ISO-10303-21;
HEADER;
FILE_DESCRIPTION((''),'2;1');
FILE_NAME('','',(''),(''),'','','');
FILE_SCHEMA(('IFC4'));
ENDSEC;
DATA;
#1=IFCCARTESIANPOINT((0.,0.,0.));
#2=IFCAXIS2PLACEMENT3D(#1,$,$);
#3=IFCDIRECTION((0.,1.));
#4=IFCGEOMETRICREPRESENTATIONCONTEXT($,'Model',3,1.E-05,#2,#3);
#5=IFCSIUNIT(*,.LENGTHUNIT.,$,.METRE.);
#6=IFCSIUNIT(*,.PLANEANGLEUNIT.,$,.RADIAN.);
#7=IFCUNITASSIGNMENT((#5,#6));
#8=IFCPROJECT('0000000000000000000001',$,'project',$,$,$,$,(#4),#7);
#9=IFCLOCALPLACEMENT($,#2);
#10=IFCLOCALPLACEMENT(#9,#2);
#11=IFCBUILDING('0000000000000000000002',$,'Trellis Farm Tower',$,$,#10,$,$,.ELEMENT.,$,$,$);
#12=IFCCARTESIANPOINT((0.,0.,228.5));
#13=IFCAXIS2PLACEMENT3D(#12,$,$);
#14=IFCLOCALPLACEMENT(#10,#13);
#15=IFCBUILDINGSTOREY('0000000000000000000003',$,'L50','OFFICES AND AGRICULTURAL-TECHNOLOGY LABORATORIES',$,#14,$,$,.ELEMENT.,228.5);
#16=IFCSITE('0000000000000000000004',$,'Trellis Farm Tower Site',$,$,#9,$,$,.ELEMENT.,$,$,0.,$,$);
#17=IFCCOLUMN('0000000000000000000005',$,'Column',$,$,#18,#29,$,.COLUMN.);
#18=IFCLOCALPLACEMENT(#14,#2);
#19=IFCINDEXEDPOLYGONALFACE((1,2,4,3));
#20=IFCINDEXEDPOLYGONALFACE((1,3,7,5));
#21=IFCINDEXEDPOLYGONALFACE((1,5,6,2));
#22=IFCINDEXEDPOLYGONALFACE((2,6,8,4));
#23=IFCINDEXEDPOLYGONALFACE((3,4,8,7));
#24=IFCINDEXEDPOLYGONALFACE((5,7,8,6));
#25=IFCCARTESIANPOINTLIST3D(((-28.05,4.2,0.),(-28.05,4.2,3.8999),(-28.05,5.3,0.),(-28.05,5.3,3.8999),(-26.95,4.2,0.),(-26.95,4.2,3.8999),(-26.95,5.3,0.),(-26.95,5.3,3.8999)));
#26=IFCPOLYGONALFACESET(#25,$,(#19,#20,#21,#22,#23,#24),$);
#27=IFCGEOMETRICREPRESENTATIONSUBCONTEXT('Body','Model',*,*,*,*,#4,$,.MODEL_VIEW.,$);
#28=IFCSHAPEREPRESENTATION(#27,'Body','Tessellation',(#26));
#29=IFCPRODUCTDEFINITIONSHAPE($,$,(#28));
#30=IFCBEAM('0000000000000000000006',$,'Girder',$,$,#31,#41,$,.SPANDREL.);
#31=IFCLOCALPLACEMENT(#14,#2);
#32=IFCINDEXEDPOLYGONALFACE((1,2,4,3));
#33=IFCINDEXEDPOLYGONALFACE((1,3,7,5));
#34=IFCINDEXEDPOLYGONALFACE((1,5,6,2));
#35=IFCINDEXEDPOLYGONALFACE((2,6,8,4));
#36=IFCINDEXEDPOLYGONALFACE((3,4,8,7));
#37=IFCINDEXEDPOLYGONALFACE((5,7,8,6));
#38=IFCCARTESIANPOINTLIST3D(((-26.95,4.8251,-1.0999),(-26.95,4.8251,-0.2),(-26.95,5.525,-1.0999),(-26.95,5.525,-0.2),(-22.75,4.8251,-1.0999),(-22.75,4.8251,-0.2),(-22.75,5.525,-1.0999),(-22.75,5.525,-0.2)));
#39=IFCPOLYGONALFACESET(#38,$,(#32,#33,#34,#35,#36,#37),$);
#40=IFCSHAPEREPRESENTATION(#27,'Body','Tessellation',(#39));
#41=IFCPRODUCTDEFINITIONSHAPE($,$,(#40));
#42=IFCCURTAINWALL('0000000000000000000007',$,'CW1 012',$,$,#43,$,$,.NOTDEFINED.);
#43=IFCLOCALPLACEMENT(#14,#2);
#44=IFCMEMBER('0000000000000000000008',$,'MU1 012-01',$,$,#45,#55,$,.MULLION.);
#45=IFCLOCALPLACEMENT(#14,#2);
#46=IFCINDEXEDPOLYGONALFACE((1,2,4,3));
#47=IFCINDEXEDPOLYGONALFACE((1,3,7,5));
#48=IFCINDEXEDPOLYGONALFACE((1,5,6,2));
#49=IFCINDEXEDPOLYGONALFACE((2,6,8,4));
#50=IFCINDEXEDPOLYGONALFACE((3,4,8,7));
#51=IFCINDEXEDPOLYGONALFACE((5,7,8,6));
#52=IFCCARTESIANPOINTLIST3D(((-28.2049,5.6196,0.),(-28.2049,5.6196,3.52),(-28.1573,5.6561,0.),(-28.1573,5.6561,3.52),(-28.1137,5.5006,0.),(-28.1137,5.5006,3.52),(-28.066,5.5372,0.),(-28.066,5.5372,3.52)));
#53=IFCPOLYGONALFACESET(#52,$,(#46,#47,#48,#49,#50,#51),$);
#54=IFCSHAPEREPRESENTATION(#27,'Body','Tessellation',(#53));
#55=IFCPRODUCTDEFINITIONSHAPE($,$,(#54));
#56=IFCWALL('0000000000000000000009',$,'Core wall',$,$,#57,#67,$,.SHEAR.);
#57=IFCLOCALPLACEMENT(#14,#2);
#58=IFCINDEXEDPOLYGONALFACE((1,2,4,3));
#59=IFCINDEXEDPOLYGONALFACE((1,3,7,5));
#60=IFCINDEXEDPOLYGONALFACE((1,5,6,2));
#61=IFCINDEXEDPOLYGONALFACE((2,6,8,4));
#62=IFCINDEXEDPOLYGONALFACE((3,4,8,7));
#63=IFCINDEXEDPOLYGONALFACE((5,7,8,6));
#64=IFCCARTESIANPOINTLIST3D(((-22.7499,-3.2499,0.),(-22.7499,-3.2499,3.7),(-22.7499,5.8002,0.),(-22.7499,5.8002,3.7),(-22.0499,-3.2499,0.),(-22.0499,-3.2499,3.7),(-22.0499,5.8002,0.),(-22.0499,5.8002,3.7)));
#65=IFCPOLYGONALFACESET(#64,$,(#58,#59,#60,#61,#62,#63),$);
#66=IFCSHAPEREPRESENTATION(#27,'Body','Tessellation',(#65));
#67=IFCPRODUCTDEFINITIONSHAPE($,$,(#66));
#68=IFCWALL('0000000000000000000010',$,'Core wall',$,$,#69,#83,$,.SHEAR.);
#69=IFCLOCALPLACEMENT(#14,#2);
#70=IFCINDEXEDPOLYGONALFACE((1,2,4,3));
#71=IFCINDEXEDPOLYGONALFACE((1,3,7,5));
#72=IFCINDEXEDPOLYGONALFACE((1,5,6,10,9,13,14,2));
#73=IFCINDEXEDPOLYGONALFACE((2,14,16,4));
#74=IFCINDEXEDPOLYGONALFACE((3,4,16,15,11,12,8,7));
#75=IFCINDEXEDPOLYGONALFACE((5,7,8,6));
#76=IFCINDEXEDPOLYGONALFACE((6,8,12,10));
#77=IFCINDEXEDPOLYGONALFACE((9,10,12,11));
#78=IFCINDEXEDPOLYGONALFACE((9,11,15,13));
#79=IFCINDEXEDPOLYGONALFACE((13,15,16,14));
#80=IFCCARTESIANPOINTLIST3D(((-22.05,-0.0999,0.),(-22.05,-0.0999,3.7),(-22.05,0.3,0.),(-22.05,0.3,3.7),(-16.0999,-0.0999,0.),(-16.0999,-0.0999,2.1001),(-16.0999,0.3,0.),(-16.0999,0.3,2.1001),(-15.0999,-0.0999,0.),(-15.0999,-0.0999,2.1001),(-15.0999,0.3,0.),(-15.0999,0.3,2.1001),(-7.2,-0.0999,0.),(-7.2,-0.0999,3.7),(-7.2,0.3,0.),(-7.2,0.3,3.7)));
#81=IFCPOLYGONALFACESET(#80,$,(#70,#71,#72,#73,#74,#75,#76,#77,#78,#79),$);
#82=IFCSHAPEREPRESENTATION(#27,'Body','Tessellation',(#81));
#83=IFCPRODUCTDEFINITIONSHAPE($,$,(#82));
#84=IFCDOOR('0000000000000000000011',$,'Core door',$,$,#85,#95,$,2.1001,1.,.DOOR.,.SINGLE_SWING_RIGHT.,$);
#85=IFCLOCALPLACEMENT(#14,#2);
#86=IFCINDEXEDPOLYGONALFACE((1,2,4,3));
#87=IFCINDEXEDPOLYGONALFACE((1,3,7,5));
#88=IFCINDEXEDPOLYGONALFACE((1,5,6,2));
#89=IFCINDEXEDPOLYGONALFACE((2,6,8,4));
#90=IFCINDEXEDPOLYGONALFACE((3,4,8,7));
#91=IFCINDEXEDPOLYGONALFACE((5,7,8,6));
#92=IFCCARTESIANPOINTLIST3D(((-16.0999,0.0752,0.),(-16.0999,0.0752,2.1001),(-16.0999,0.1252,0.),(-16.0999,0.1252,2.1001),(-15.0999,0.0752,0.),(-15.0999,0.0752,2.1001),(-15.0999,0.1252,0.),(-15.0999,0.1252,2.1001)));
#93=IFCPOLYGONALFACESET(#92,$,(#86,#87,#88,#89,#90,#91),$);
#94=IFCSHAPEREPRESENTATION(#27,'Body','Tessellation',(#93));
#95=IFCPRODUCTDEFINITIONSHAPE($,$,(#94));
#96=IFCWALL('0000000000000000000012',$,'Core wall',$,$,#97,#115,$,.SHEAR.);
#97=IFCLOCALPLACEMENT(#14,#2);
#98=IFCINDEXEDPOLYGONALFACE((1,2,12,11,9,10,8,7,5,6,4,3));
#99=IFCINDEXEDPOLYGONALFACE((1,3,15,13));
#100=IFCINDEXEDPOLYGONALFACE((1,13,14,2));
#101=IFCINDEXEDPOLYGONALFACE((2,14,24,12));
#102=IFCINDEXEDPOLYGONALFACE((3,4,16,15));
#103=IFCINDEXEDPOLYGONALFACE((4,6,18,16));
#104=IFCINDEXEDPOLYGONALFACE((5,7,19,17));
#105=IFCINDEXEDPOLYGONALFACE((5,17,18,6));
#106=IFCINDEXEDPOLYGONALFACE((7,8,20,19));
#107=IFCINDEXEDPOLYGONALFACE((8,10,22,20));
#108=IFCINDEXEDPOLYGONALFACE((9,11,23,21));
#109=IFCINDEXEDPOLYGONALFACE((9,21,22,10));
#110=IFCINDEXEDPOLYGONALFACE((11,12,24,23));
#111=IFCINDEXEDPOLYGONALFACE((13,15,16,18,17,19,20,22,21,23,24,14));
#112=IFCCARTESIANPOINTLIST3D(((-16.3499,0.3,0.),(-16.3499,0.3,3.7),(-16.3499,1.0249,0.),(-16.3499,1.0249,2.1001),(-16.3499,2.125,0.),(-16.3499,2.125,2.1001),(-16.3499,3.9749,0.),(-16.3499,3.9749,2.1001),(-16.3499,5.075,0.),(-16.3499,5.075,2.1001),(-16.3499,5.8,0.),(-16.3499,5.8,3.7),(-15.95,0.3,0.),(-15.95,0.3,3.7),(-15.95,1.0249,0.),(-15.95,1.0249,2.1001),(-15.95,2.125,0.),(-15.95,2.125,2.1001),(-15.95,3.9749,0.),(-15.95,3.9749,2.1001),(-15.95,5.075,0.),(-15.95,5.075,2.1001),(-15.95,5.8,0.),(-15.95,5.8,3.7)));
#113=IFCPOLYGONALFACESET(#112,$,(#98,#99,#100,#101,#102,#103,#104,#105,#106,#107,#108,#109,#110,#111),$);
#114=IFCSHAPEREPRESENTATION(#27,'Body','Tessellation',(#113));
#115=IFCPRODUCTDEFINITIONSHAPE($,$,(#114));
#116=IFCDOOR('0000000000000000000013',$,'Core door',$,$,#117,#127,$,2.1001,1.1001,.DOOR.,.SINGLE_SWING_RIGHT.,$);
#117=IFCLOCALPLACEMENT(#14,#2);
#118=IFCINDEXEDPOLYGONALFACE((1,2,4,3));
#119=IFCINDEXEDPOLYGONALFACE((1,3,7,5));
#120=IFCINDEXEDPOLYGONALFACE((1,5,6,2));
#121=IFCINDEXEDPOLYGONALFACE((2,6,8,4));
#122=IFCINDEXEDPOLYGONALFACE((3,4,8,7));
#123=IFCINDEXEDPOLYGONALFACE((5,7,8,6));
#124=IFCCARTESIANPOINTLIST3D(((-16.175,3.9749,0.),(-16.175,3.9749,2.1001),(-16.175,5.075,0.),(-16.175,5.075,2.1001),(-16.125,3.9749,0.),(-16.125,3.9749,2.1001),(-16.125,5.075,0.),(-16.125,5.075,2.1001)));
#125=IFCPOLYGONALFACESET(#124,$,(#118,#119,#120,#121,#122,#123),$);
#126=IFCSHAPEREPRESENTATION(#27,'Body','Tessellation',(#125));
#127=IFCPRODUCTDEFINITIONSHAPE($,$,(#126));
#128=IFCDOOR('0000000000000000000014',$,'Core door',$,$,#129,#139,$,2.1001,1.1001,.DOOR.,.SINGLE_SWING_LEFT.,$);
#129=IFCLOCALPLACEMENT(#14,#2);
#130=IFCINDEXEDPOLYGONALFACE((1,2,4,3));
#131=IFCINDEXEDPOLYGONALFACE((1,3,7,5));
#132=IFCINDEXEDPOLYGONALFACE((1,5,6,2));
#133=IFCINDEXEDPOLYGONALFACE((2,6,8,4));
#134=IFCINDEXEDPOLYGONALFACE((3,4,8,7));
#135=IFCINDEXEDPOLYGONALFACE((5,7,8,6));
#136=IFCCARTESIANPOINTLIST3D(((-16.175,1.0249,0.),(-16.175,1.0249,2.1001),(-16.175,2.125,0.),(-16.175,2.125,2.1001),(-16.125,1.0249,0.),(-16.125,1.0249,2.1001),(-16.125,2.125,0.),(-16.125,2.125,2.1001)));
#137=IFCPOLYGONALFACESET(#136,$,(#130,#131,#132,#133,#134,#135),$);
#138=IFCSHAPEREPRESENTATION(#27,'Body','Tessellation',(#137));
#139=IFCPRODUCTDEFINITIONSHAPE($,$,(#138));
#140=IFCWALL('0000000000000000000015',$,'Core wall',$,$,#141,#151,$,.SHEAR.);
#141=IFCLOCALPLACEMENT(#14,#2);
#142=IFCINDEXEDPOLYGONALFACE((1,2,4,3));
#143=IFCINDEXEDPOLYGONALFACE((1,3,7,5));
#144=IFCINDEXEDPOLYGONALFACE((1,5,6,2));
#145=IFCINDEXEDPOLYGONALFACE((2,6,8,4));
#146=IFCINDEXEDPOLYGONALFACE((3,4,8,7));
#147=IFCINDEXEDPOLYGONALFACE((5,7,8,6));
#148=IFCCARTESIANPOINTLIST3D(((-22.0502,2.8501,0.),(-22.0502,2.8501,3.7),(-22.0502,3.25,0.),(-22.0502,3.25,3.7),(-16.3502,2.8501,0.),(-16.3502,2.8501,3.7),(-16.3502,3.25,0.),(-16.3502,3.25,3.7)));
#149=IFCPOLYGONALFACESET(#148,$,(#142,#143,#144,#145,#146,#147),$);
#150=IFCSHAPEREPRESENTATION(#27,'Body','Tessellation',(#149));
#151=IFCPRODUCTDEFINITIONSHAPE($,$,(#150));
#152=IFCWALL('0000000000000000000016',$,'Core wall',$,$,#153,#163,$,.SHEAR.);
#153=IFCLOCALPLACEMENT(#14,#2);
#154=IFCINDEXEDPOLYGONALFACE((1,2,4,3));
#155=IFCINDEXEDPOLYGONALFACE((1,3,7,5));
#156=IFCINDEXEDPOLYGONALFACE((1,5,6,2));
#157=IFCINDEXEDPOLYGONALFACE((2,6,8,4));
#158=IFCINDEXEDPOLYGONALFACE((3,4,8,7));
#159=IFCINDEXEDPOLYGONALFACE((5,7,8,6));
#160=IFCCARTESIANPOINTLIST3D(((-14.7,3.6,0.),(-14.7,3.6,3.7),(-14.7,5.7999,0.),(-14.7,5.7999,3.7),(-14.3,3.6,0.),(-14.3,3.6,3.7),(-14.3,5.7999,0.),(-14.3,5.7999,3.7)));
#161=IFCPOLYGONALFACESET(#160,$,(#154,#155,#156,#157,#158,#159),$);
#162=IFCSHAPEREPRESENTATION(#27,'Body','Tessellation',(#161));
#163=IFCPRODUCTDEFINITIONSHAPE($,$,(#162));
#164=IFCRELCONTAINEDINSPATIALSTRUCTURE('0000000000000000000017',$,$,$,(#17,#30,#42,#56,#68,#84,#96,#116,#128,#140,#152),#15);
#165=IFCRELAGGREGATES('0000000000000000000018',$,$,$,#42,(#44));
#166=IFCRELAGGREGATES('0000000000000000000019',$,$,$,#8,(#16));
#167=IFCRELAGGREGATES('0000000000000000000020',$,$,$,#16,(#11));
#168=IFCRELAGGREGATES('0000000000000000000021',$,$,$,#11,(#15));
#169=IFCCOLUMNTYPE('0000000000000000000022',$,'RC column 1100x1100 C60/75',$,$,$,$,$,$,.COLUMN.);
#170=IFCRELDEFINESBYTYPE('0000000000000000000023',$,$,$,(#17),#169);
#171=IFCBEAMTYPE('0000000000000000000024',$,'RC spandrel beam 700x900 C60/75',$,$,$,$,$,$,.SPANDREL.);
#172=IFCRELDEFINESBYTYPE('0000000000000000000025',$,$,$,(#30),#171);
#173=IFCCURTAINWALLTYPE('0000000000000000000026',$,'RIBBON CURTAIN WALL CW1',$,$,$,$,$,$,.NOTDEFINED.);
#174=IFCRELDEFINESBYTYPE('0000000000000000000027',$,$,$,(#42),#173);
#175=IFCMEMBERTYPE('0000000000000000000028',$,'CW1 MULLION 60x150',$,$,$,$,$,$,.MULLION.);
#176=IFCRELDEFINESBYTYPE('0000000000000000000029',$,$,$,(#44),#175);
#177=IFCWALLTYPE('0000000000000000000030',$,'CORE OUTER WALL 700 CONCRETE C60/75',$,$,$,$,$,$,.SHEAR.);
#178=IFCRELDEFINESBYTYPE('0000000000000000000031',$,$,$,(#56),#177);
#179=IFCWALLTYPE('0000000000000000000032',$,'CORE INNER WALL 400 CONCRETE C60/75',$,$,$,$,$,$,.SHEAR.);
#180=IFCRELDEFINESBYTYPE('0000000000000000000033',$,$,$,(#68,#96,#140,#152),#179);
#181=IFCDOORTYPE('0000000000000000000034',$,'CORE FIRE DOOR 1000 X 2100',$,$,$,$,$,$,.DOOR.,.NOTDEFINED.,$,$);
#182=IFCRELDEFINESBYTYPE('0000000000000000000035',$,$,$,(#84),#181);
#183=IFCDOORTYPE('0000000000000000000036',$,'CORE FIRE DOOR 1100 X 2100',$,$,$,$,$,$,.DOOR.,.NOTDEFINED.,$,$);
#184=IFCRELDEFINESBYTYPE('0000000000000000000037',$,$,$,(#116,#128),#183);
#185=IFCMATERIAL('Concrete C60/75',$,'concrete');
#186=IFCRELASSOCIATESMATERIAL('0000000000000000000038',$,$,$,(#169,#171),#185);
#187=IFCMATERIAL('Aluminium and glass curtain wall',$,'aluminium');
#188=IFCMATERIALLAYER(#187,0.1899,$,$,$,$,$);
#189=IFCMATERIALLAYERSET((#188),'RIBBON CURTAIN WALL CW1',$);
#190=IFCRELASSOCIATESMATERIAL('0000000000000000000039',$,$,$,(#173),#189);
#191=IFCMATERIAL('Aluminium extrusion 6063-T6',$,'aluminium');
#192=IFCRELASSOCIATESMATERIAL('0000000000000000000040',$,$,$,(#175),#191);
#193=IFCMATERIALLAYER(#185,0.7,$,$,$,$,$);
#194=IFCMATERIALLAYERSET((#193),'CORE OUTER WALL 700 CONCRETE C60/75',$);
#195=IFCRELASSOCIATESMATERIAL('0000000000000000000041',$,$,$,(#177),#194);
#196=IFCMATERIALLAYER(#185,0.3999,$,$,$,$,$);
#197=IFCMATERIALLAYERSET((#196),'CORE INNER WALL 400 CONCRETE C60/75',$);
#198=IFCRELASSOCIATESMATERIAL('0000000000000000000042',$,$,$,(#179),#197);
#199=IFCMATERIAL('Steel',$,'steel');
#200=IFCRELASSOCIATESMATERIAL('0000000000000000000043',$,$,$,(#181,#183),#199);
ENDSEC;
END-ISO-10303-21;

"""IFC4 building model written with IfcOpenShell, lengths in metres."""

from ifc_helpers import new_model, si_unit, direction, frame, frame_2d, origin, origin_2d, place, context, subcontext, project, spatial, rectangle, extrude, source, transform, mapped, material, layer, layer_set, material_profile, profile_set, type_object, element, fill, aggregate, save


model = new_model("IFC4")

# Units and contexts
model_context = context("Model", 3, precision=1e-05, world=origin(), true_north=direction((0.0, 1.0)))
body_context = subcontext(model_context, "Body", "Model", "MODEL_VIEW")
ifc_project = project(units=[si_unit("LENGTHUNIT", "METRE"), si_unit("PLANEANGLEUNIT", "RADIAN")], contexts=[model_context])

# Site, building, storey
site_placement = place(None, origin())
site = spatial("IfcSite", under=ifc_project, at=site_placement, Name="Trellis Farm Tower Site", CompositionType="ELEMENT", RefElevation=0.0)
building_placement = place(site_placement, origin())
building = spatial("IfcBuilding", under=site, at=building_placement, Name="Trellis Farm Tower", CompositionType="ELEMENT")
storey_placement = place(building_placement, frame((0.0, 0.0, 228.5)))
storey = spatial("IfcBuildingStorey", under=building, at=storey_placement, Name="L50", Description="OFFICES AND AGRICULTURAL-TECHNOLOGY LABORATORIES", CompositionType="ELEMENT", Elevation=228.5)

# Column
ifc_material_1 = material(Name="Concrete C60/75", Category="concrete")
ifc_material_profile_1 = material_profile(ifc_material_1, rectangle(XDim=1.1001, YDim=1.1001, at=origin_2d()), Name="RC column 1100x1100 C60/75")
ifc_profile_set_1 = profile_set([ifc_material_profile_1], Name="Concrete C60/75")
column_type = type_object("IfcColumnType", Name="RC column 1100x1100 C60/75", PredefinedType="COLUMN", material=ifc_profile_set_1)
shared_shape_1 = source(origin(), body_context, "Body", "SweptSolid", [
    extrude(rectangle(XDim=1.1001, YDim=1.1001, at=origin_2d()), origin(), (0.0, 0.0, 1.0), 3.8999),
])
column_placement = place(storey_placement, frame((-27.5, 4.75, 0.0), z_axis=(0.0, 0.0, 1.0), x_axis=(1.0, 0.0, 0.0)))
element("IfcColumn", 1, at=column_placement, inside=storey, type_object=column_type, Name="Column", PredefinedType="COLUMN", context=body_context, shape_type="MappedRepresentation", body=[
    mapped(shared_shape_1, transform((0.0, 0.0, 0.0))),
])

# Beam
ifc_material_profile_2 = material_profile(ifc_material_1, rectangle(XDim=0.7, YDim=0.8999, at=origin_2d()), Name="RC spandrel beam 700x900 C60/75")
ifc_profile_set_2 = profile_set([ifc_material_profile_2], Name="Concrete C60/75")
beam_type = type_object("IfcBeamType", Name="RC spandrel beam 700x900 C60/75", PredefinedType="SPANDREL", material=ifc_profile_set_2)
shared_shape_2 = source(origin(), body_context, "Body", "SweptSolid", [
    extrude(rectangle(XDim=0.7, YDim=0.8999, at=origin_2d()), origin(), (0.0, 0.0, 1.0), 4.2),
])
beam_placement = place(storey_placement, frame((-26.95, 5.175, -0.6499), z_axis=(1.0, 0.0, 0.0), x_axis=(0.0, 1.0, 0.0)))
element("IfcBeam", 2, at=beam_placement, inside=storey, type_object=beam_type, Name="Girder", PredefinedType="SPANDREL", context=body_context, shape_type="MappedRepresentation", body=[
    mapped(shared_shape_2, transform((0.0, 0.0, 0.0))),
])

# Curtain wall, member
ifc_material_2 = material(Name="Aluminium and glass curtain wall", Category="aluminium")
ifc_layer_1 = layer(ifc_material_2, 0.1899)
ifc_layer_set_1 = layer_set([ifc_layer_1], Name="RIBBON CURTAIN WALL CW1")
curtain_wall_type = type_object("IfcCurtainWallType", Name="RIBBON CURTAIN WALL CW1", PredefinedType="NOTDEFINED", material=ifc_layer_set_1)
placement = place(storey_placement, origin())
curtain_wall = element("IfcCurtainWall", 3, at=placement, inside=storey, type_object=curtain_wall_type, Name="CW1 012", PredefinedType="NOTDEFINED")
ifc_material_3 = material(Name="Aluminium extrusion 6063-T6", Category="aluminium")
ifc_material_profile_3 = material_profile(ifc_material_3, rectangle(XDim=0.0601, YDim=0.1499, at=origin_2d()), Name="MULLION 60x150")
ifc_profile_set_3 = profile_set([ifc_material_profile_3], Name="Aluminium extrusion 6063-T6")
member_type = type_object("IfcMemberType", Name="CW1 MULLION 60x150", PredefinedType="MULLION", material=ifc_profile_set_3)
shared_shape_3 = source(origin(), body_context, "Body", "SweptSolid", [
    extrude(rectangle(XDim=0.0601, YDim=0.1499, at=origin_2d()), origin(), (0.0, 0.0, 1.0), 3.52),
])
member_placement = place(storey_placement, frame((-28.1355, 5.5784, 0.0), z_axis=(0.0, 0.0, 1.0), x_axis=(-0.793353, -0.608761, 0.0)))
member = element("IfcMember", 4, at=member_placement, type_object=member_type, Name="MU1 012-01", PredefinedType="MULLION", context=body_context, shape_type="MappedRepresentation", body=[
    mapped(shared_shape_3, transform((0.0, 0.0, 0.0))),
])
aggregate(curtain_wall, [member])

# Wall
ifc_layer_2 = layer(ifc_material_1, 0.7)
ifc_layer_set_2 = layer_set([ifc_layer_2], Name="CORE OUTER WALL 700 CONCRETE C60/75")
wall_type_1 = type_object("IfcWallType", Name="CORE OUTER WALL 700 CONCRETE C60/75", PredefinedType="SHEAR", material=ifc_layer_set_2)
shared_shape_4 = source(origin(), body_context, "Body", "SweptSolid", [
    extrude(rectangle(XDim=9.05, YDim=0.7, at=frame_2d((4.5249, 0.0))), origin(), (0.0, 0.0, 1.0), 3.7),
])
wall_1_placement = place(storey_placement, frame((-22.3999, 5.8, 0.0), z_axis=(0.0, 0.0, 1.0), x_axis=(0.0, -1.0, 0.0)))
element("IfcWall", 5, at=wall_1_placement, inside=storey, type_object=wall_type_1, Name="Core wall", PredefinedType="SHEAR", context=body_context, shape_type="MappedRepresentation", body=[
    mapped(shared_shape_4, transform((0.0, 0.0, 0.0))),
])

# Wall, opening, door
ifc_layer_3 = layer(ifc_material_1, 0.3999)
ifc_layer_set_3 = layer_set([ifc_layer_3], Name="CORE INNER WALL 400 CONCRETE C60/75")
wall_type_2 = type_object("IfcWallType", Name="CORE INNER WALL 400 CONCRETE C60/75", PredefinedType="SHEAR", material=ifc_layer_set_3)
shared_shape_5 = source(origin(), body_context, "Body", "SweptSolid", [
    extrude(rectangle(XDim=14.8501, YDim=0.3999, at=frame_2d((7.425, 0.0))), origin(), (0.0, 0.0, 1.0), 3.7),
])
wall_2_placement = place(storey_placement, frame((-7.2, 0.1001, 0.0), z_axis=(0.0, 0.0, 1.0), x_axis=(-1.0, 0.0, 0.0)))
wall_2 = element("IfcWall", 6, at=wall_2_placement, inside=storey, type_object=wall_type_2, Name="Core wall", PredefinedType="SHEAR", context=body_context, shape_type="MappedRepresentation", body=[
    mapped(shared_shape_5, transform((0.0, 0.0, 0.0))),
])
shared_shape_6 = source(origin(), body_context, "Body", "SweptSolid", [
    extrude(rectangle(XDim=1.0, YDim=2.1001, at=frame_2d((0.5, 1.05))), frame((0.0, 0.21, 0.0), z_axis=(0.0, -1.0, 0.0), x_axis=(1.0, 0.0, 0.0)), (0.0, 0.0, 1.0), 0.4199),
])
opening_1_placement = place(wall_2_placement, frame((7.8999, 0.0, 0.0)))
opening_1 = element("IfcOpeningElement", 7, at=opening_1_placement, cuts=wall_2, PredefinedType="OPENING", context=body_context, shape_type="MappedRepresentation", body=[
    mapped(shared_shape_6, transform((0.0, 0.0, 0.0))),
])
ifc_material_4 = material(Name="Steel", Category="steel")
door_type_1 = type_object("IfcDoorType", Name="CORE FIRE DOOR 1000 X 2100", OperationType="NOTDEFINED", PredefinedType="DOOR", material=ifc_material_4)
shared_shape_7 = source(origin(), body_context, "Body", "SweptSolid", [
    extrude(rectangle(XDim=1.0, YDim=2.1001, at=frame_2d((0.5, 1.05))), frame((0.0, 0.0249, 0.0), z_axis=(0.0, -1.0, 0.0), x_axis=(1.0, 0.0, 0.0)), (0.0, 0.0, 1.0), 0.05),
])
door_1_placement = place(opening_1_placement, origin())
door_1 = element("IfcDoor", 8, at=door_1_placement, inside=storey, type_object=door_type_1, Name="Core door", OperationType="SINGLE_SWING_RIGHT", OverallHeight=2.1001, OverallWidth=1.0, PredefinedType="DOOR", context=body_context, shape_type="MappedRepresentation", body=[
    mapped(shared_shape_7, transform((0.0, 0.0, 0.0))),
])
fill(opening_1, door_1)

# Wall, openings, doors
shared_shape_8 = source(origin(), body_context, "Body", "SweptSolid", [
    extrude(rectangle(XDim=5.5, YDim=0.3999, at=frame_2d((2.75, 0.0))), origin(), (0.0, 0.0, 1.0), 3.7),
])
wall_3_placement = place(storey_placement, frame((-16.1499, 5.8, 0.0), z_axis=(0.0, 0.0, 1.0), x_axis=(0.0, -1.0, 0.0)))
wall_3 = element("IfcWall", 9, at=wall_3_placement, inside=storey, type_object=wall_type_2, Name="Core wall", PredefinedType="SHEAR", context=body_context, shape_type="MappedRepresentation", body=[
    mapped(shared_shape_8, transform((0.0, 0.0, 0.0))),
])
shared_shape_9 = source(origin(), body_context, "Body", "SweptSolid", [
    extrude(rectangle(XDim=1.1001, YDim=2.1001, at=frame_2d((0.55, 1.05))), frame((0.0, 0.21, 0.0), z_axis=(0.0, -1.0, 0.0), x_axis=(1.0, 0.0, 0.0)), (0.0, 0.0, 1.0), 0.4199),
])
opening_2_placement = place(wall_3_placement, frame((0.7251, 0.0, 0.0)))
opening_2 = element("IfcOpeningElement", 10, at=opening_2_placement, cuts=wall_3, PredefinedType="OPENING", context=body_context, shape_type="MappedRepresentation", body=[
    mapped(shared_shape_9, transform((0.0, 0.0, 0.0))),
])
opening_3_placement = place(wall_3_placement, frame((3.675, 0.0, 0.0)))
opening_3 = element("IfcOpeningElement", 11, at=opening_3_placement, cuts=wall_3, PredefinedType="OPENING", context=body_context, shape_type="MappedRepresentation", body=[
    mapped(shared_shape_9, transform((0.0, 0.0, 0.0))),
])
door_type_2 = type_object("IfcDoorType", Name="CORE FIRE DOOR 1100 X 2100", OperationType="NOTDEFINED", PredefinedType="DOOR", material=ifc_material_4)
shared_shape_10 = source(origin(), body_context, "Body", "SweptSolid", [
    extrude(rectangle(XDim=1.1001, YDim=2.1001, at=frame_2d((0.55, 1.05))), frame((0.0, 0.0249, 0.0), z_axis=(0.0, -1.0, 0.0), x_axis=(1.0, 0.0, 0.0)), (0.0, 0.0, 1.0), 0.05),
])
door_2_placement = place(opening_2_placement, origin())
door_2 = element("IfcDoor", 12, at=door_2_placement, inside=storey, type_object=door_type_2, Name="Core door", OperationType="SINGLE_SWING_RIGHT", OverallHeight=2.1001, OverallWidth=1.1001, PredefinedType="DOOR", context=body_context, shape_type="MappedRepresentation", body=[
    mapped(shared_shape_10, transform((0.0, 0.0, 0.0))),
])
fill(opening_2, door_2)
door_3_placement = place(opening_3_placement, origin())
door_3 = element("IfcDoor", 13, at=door_3_placement, inside=storey, type_object=door_type_2, Name="Core door", OperationType="SINGLE_SWING_LEFT", OverallHeight=2.1001, OverallWidth=1.1001, PredefinedType="DOOR", context=body_context, shape_type="MappedRepresentation", body=[
    mapped(shared_shape_10, transform((0.0, 0.0, 0.0))),
])
fill(opening_3, door_3)

# Walls
shared_shape_11 = source(origin(), body_context, "Body", "SweptSolid", [
    extrude(rectangle(XDim=5.7, YDim=0.3999, at=frame_2d((2.8501, 0.0))), origin(), (0.0, 0.0, 1.0), 3.7),
])
wall_4_placement = place(storey_placement, frame((-16.3501, 3.05, 0.0), z_axis=(0.0, 0.0, 1.0), x_axis=(-1.0, 0.0, 0.0)))
element("IfcWall", 14, at=wall_4_placement, inside=storey, type_object=wall_type_2, Name="Core wall", PredefinedType="SHEAR", context=body_context, shape_type="MappedRepresentation", body=[
    mapped(shared_shape_11, transform((0.0, 0.0, 0.0))),
])
shared_shape_12 = source(origin(), body_context, "Body", "SweptSolid", [
    extrude(rectangle(XDim=2.2, YDim=0.3999, at=frame_2d((1.1001, 0.0))), origin(), (0.0, 0.0, 1.0), 3.7),
])
wall_5_placement = place(storey_placement, frame((-14.5, 5.8, 0.0), z_axis=(0.0, 0.0, 1.0), x_axis=(0.0, -1.0, 0.0)))
element("IfcWall", 15, at=wall_5_placement, inside=storey, type_object=wall_type_2, Name="Core wall", PredefinedType="SHEAR", context=body_context, shape_type="MappedRepresentation", body=[
    mapped(shared_shape_12, transform((0.0, 0.0, 0.0))),
])

save(model, "model.ifc")
